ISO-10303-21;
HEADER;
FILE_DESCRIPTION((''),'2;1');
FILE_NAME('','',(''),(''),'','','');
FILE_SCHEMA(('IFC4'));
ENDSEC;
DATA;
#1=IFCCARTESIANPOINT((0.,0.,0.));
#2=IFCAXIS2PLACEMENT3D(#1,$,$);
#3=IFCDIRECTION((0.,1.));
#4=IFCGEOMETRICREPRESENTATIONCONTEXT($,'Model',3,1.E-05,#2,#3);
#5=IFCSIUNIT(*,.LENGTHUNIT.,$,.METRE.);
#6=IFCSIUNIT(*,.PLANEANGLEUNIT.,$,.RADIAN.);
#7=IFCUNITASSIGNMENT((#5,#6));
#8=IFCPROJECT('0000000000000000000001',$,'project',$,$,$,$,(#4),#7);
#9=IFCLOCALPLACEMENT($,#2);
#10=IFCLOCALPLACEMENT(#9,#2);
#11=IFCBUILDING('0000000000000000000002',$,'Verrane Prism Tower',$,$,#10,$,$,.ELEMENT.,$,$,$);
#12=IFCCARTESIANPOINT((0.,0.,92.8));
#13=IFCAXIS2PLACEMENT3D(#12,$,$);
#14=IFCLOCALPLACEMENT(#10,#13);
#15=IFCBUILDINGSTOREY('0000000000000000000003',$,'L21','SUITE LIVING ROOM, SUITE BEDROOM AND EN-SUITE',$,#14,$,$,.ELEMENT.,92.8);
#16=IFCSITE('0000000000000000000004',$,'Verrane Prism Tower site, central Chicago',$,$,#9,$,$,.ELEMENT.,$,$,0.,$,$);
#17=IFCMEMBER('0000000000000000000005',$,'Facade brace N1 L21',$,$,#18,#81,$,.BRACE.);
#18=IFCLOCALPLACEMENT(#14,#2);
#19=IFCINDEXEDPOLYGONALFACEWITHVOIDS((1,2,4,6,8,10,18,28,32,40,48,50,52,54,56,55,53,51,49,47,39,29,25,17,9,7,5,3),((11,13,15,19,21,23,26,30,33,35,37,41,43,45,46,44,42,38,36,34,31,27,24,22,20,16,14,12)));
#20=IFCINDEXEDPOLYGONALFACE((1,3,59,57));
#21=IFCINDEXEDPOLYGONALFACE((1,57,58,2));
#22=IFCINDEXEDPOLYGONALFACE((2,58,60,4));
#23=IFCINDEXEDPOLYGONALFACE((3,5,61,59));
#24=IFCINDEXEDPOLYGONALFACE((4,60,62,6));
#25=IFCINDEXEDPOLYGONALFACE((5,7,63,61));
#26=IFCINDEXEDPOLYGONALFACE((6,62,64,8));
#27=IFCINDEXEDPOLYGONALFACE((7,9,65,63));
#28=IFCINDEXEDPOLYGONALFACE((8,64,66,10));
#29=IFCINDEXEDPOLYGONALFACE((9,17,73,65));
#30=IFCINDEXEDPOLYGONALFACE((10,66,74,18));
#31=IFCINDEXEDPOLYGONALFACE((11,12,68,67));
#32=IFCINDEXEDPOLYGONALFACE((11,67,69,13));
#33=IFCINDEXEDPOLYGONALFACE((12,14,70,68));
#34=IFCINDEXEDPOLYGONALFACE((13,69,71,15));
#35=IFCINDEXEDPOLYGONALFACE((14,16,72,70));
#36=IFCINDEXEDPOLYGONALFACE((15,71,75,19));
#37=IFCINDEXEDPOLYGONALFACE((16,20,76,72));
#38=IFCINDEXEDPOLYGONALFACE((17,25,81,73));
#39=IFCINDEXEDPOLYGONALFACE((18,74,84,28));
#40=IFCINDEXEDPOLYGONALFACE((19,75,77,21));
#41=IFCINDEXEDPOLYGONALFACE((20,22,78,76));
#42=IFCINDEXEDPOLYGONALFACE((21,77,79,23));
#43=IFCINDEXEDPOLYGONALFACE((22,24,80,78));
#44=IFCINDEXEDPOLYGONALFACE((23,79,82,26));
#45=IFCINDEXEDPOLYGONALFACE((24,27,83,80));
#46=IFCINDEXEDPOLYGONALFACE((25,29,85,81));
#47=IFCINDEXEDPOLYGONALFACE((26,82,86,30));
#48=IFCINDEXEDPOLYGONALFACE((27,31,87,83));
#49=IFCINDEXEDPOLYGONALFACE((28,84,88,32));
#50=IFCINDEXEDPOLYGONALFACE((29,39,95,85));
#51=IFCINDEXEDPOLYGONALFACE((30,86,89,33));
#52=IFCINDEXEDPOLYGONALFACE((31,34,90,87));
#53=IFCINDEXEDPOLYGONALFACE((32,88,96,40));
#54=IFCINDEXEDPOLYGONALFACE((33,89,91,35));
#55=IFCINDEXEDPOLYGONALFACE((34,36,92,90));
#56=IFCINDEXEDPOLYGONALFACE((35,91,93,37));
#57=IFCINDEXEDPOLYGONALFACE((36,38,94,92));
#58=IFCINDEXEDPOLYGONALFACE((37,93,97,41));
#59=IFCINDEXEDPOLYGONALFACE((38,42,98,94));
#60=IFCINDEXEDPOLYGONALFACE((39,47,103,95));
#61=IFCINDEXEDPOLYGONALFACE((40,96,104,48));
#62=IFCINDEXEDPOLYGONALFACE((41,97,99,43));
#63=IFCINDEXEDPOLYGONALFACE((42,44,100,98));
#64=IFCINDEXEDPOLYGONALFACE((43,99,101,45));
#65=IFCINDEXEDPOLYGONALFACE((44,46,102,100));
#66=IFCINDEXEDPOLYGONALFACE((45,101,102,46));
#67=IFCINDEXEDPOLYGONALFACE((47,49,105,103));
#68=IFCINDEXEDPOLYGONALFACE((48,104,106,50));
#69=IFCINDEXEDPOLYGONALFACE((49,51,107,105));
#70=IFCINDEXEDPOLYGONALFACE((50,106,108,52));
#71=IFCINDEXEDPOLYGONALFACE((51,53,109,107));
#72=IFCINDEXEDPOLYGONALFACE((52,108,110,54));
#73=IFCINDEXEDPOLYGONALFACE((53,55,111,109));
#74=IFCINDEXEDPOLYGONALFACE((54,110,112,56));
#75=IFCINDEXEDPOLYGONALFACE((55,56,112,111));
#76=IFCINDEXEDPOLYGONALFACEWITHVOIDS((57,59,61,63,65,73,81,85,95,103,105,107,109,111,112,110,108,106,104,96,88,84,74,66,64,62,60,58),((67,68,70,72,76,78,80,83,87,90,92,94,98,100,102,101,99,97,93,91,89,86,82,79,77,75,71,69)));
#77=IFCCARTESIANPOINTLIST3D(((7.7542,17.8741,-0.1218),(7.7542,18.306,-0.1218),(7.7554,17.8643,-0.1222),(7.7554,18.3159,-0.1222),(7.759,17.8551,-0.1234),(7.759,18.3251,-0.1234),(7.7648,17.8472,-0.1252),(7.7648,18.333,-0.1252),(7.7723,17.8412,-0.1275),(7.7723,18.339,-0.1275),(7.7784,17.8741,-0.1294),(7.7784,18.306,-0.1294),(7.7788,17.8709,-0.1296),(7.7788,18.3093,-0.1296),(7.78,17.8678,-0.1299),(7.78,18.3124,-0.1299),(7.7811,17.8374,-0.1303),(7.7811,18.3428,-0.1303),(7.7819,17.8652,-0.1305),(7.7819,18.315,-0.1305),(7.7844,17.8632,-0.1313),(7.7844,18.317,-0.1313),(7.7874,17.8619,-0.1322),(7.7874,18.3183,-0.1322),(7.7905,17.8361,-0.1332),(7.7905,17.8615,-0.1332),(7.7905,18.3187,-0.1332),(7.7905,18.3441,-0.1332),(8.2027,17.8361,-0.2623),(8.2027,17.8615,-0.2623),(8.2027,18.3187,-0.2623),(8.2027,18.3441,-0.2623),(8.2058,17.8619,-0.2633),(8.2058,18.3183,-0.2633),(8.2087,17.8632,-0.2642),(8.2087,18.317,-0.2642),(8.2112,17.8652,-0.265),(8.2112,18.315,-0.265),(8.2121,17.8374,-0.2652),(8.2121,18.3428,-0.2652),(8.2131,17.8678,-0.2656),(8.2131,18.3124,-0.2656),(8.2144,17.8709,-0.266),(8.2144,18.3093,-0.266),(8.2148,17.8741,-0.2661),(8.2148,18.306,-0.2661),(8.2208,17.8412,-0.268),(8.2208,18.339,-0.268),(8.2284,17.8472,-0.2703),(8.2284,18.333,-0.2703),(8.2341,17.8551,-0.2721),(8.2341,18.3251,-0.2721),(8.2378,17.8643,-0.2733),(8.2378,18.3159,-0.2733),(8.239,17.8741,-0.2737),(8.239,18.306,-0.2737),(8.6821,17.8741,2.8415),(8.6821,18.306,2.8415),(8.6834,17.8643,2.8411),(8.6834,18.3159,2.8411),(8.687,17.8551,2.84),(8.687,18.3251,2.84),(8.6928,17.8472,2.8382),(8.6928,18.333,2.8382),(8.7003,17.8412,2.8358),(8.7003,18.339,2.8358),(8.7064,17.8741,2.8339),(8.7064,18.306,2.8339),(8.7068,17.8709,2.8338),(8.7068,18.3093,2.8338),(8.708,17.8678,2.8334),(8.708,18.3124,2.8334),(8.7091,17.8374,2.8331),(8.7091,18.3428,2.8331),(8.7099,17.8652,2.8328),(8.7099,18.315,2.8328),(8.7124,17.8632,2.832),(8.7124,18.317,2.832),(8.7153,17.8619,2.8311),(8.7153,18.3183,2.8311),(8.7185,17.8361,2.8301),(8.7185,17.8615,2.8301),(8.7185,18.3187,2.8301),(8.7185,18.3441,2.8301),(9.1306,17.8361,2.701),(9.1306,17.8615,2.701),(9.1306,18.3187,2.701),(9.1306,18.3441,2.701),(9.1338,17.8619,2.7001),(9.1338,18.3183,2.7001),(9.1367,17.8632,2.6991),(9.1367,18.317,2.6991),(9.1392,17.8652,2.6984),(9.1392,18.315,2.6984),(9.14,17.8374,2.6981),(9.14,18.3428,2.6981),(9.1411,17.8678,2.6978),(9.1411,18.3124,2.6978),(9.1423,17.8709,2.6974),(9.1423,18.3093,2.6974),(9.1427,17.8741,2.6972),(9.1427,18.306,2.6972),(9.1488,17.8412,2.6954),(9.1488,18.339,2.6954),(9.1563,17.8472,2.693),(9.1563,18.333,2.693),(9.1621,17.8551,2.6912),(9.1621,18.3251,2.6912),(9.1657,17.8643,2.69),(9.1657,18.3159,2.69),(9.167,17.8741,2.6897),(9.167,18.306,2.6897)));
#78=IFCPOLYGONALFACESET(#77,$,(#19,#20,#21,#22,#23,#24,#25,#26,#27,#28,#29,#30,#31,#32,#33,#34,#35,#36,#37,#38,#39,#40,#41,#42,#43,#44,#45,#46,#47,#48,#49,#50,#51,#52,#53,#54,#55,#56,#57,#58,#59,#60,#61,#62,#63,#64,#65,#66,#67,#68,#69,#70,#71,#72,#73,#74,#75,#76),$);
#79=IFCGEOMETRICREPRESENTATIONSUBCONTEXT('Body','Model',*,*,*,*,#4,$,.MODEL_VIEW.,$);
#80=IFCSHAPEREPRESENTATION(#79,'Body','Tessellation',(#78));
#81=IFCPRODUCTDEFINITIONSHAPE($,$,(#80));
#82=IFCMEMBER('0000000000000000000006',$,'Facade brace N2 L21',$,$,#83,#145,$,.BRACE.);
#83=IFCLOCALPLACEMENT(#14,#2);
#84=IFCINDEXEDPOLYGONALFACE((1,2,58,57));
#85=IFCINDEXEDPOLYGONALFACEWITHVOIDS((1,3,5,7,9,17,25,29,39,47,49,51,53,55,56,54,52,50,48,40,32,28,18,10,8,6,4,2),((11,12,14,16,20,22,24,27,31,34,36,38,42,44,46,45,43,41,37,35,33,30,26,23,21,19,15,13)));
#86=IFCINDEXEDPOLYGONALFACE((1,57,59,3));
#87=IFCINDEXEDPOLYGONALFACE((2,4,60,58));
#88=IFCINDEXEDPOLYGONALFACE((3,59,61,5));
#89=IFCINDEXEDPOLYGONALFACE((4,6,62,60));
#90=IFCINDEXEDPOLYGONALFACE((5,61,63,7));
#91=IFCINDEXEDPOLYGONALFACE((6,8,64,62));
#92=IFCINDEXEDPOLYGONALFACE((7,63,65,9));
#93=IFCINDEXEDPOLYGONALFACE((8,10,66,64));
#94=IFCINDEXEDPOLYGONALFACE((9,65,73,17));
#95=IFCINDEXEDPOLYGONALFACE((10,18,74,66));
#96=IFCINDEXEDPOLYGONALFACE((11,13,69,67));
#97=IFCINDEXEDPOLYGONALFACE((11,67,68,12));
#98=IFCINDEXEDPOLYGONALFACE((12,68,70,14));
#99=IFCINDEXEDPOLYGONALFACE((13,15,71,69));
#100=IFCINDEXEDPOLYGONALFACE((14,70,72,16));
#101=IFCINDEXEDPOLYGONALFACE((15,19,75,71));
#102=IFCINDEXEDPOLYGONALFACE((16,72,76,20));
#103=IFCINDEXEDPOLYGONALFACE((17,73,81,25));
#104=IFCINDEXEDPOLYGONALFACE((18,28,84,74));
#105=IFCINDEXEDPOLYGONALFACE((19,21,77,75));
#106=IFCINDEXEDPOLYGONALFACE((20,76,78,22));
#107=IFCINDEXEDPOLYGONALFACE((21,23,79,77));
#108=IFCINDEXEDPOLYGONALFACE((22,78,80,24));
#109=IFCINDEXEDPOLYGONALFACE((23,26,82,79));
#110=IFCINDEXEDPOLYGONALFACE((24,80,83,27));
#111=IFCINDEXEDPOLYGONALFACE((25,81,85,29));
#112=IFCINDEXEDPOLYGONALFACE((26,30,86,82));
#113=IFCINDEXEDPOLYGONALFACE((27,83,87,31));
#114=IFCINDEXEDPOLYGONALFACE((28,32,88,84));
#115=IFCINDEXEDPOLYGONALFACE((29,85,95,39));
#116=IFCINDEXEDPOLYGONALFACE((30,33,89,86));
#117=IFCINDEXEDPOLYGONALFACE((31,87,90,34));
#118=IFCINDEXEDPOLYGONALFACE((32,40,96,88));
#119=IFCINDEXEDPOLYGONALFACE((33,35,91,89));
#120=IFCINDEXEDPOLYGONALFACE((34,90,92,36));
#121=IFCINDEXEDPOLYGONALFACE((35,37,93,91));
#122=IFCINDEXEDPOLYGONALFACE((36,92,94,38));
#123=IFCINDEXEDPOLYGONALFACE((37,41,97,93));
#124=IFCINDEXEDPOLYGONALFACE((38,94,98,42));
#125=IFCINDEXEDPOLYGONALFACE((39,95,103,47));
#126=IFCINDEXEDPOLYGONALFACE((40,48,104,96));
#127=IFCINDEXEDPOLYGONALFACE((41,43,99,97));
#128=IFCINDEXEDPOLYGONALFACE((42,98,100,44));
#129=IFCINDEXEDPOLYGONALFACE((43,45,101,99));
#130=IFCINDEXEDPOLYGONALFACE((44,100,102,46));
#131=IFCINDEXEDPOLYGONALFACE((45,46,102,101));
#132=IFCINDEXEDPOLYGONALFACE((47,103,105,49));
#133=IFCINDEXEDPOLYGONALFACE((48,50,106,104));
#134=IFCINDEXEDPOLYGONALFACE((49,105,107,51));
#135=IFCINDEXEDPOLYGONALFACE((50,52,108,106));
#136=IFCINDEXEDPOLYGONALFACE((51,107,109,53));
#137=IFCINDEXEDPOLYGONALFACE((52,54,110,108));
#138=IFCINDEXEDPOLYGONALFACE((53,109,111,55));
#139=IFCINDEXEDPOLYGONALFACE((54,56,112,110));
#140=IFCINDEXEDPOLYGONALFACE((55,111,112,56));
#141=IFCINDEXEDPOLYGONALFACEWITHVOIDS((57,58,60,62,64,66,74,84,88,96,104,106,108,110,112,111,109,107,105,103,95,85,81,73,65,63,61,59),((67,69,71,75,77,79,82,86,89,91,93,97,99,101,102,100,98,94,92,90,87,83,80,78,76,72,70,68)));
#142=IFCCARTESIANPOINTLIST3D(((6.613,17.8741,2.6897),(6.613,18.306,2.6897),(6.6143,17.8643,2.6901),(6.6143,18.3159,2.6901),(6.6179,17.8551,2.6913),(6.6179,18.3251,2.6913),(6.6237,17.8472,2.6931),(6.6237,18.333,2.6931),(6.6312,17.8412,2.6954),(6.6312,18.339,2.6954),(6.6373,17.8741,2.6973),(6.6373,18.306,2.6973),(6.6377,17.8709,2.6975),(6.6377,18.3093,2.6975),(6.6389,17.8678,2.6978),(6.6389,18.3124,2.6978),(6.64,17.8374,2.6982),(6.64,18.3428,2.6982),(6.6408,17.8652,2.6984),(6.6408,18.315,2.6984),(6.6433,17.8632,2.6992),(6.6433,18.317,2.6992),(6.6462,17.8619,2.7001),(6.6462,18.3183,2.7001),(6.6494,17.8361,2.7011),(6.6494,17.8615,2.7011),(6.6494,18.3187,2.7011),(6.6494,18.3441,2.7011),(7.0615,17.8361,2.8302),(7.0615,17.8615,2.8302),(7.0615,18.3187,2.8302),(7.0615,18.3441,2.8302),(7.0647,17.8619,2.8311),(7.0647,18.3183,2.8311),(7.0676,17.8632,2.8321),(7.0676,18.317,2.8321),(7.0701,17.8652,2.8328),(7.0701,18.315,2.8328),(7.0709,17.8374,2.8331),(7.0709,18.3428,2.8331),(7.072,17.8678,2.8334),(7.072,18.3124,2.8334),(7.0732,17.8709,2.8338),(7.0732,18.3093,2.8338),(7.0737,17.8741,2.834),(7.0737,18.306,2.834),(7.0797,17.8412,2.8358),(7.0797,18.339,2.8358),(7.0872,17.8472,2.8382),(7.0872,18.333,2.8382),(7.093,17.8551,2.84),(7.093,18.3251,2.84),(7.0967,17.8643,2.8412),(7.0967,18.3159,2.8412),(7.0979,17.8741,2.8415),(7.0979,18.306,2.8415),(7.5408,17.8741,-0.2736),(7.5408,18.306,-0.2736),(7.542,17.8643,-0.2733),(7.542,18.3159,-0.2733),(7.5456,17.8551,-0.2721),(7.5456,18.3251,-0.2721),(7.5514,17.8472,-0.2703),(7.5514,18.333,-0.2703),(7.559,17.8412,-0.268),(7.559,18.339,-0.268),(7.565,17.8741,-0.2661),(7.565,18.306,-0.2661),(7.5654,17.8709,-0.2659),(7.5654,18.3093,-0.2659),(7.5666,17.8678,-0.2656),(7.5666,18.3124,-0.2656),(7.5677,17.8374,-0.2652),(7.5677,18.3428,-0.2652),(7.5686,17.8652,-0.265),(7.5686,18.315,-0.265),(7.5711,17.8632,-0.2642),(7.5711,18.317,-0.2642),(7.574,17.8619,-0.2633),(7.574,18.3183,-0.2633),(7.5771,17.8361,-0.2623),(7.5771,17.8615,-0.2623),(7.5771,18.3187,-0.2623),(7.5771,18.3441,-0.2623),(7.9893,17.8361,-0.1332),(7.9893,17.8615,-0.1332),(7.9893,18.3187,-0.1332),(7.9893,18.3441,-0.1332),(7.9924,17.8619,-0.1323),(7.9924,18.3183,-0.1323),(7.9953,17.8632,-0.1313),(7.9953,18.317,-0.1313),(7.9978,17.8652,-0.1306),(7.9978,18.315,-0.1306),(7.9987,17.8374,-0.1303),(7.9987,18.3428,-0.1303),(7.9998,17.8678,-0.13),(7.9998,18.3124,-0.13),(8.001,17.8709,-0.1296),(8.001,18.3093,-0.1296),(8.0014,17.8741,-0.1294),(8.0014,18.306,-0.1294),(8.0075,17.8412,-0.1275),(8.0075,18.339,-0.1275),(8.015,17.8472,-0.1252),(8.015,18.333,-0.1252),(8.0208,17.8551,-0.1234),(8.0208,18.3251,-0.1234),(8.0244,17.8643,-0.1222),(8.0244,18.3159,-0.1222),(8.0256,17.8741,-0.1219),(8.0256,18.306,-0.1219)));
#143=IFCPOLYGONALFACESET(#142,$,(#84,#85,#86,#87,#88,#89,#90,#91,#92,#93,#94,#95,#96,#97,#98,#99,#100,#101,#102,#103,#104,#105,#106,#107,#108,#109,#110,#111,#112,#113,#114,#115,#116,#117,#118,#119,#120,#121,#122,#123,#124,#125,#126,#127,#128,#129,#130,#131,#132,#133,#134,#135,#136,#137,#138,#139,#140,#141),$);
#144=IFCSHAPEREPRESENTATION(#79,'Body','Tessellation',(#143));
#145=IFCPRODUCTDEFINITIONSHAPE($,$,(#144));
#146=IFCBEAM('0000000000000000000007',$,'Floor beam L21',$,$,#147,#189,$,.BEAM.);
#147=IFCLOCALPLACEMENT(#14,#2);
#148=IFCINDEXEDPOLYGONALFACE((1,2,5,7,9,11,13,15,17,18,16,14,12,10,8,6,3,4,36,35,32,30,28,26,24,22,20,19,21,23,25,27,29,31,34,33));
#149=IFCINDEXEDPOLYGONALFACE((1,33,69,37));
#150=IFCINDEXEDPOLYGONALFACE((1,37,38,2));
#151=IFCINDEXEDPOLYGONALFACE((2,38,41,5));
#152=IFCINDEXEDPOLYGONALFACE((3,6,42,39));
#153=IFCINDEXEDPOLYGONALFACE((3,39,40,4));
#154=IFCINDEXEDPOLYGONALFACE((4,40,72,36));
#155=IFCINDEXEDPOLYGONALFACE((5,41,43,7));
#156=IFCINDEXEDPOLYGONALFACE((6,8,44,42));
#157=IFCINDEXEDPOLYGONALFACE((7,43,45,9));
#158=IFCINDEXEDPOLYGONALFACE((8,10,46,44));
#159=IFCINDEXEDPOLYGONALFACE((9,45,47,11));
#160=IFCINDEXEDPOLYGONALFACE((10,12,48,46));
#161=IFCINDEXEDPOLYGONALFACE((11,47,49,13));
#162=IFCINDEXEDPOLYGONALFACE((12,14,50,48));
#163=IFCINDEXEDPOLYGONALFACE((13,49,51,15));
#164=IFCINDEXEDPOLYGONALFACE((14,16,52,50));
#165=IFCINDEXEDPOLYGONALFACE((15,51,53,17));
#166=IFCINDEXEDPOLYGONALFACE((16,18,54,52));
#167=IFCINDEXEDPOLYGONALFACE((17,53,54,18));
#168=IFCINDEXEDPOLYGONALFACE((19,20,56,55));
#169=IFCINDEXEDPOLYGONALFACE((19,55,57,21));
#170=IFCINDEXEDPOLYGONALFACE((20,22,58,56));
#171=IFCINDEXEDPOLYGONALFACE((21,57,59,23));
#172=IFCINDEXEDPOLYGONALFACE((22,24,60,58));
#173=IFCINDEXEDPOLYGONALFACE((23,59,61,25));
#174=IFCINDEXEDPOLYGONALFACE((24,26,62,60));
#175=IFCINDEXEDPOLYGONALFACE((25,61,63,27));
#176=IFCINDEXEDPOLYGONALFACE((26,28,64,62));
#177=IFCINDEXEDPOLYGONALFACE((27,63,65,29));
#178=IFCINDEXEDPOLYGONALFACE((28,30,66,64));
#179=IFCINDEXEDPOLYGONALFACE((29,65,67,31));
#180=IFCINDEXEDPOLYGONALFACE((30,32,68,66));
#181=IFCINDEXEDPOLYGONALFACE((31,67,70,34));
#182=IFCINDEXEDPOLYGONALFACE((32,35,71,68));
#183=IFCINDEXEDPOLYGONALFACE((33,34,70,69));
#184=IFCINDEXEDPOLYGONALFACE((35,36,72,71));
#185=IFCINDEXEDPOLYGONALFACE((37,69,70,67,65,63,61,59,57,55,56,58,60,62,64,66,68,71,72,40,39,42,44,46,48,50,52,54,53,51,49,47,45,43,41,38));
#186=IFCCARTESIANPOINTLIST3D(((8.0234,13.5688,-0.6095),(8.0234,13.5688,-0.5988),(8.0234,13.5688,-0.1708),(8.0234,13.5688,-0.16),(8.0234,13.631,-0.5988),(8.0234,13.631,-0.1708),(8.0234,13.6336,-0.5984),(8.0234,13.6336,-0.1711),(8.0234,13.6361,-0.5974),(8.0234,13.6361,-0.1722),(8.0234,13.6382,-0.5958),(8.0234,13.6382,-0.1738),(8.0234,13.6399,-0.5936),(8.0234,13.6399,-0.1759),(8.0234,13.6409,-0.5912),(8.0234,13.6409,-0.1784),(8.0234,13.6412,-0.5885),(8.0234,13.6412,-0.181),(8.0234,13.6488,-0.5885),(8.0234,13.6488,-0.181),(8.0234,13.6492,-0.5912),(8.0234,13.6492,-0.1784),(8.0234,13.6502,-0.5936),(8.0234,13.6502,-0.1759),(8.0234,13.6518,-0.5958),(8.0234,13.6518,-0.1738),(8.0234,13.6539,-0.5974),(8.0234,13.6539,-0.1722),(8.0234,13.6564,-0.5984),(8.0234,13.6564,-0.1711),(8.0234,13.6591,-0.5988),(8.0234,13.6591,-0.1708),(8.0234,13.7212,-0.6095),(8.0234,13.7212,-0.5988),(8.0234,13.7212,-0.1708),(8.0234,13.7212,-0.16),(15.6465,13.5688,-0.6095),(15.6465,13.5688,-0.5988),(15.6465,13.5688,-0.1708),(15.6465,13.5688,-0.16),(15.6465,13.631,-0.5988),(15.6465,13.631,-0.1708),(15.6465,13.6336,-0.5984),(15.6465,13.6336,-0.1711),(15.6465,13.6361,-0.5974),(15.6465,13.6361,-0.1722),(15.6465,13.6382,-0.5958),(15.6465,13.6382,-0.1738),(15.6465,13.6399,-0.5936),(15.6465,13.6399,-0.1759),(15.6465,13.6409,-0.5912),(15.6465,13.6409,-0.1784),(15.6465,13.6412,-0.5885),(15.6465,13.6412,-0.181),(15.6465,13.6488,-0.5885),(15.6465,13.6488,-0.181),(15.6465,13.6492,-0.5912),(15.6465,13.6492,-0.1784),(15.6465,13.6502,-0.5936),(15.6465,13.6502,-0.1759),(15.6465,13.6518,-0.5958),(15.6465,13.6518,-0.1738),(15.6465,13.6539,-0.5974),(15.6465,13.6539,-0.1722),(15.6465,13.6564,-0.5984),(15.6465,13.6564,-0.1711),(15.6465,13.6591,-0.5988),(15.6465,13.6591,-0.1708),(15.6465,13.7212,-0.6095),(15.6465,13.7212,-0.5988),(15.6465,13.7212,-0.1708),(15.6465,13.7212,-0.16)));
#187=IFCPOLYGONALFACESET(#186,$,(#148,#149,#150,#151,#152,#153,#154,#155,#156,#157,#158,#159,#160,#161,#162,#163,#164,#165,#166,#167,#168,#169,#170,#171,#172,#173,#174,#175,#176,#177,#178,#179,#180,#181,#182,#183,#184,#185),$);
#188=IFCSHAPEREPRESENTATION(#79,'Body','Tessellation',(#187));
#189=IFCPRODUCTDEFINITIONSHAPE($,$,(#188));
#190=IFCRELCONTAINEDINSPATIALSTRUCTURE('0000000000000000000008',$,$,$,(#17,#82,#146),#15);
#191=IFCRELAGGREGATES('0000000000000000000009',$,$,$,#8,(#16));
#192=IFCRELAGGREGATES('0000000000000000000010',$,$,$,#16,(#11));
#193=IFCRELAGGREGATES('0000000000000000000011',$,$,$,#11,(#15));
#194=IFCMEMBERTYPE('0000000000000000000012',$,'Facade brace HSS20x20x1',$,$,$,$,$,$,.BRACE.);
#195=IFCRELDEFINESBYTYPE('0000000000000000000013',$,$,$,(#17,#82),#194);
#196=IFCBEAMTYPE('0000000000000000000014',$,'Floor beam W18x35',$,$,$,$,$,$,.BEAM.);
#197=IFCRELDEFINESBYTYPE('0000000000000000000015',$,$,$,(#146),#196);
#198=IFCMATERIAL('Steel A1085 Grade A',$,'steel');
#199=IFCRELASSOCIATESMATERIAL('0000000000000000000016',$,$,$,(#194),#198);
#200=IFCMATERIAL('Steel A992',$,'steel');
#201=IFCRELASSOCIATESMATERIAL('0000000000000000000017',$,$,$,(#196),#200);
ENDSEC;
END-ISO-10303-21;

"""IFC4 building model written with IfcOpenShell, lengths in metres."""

from ifc_helpers import new_model, si_unit, direction, frame, origin, origin_2d, place, context, subcontext, project, spatial, hollow_rectangle, i_section, extrude, material, material_profile, profile_set, type_object, element, save


model = new_model("IFC4")

# Units and contexts
model_context = context("Model", 3, precision=1e-05, world=origin(), true_north=direction((0.0, 1.0)))
body_context = subcontext(model_context, "Body", "Model", "MODEL_VIEW")
ifc_project = project(units=[si_unit("LENGTHUNIT", "METRE"), si_unit("PLANEANGLEUNIT", "RADIAN")], contexts=[model_context])

# Site, building, storey
site_placement = place(None, origin())
site = spatial("IfcSite", under=ifc_project, at=site_placement, Name="Verrane Prism Tower site, central Chicago", CompositionType="ELEMENT", RefElevation=0.0)
building_placement = place(site_placement, origin())
building = spatial("IfcBuilding", under=site, at=building_placement, Name="Verrane Prism Tower", CompositionType="ELEMENT")
storey_placement = place(building_placement, frame((0.0, 0.0, 92.8)))
storey = spatial("IfcBuildingStorey", under=building, at=storey_placement, Name="L21", Description="SUITE LIVING ROOM, SUITE BEDROOM AND EN-SUITE", CompositionType="ELEMENT", Elevation=92.8)

# Members
ifc_material_1 = material(Name="Steel A1085 Grade A", Category="steel")
ifc_material_profile_1 = material_profile(ifc_material_1, hollow_rectangle(XDim=0.5081, YDim=0.5081, WallThickness=0.0254, InnerFilletRadius=0.0127, OuterFilletRadius=0.0381, at=origin_2d()), Name="HSS20x20x1")
ifc_profile_set_1 = profile_set([ifc_material_profile_1], Name="Steel A1085 Grade A")
member_type_1 = type_object("IfcMemberType", Name="Facade brace HSS20x20x1", PredefinedType="BRACE", material=ifc_profile_set_1)
for number, where, z_axis, x_axis, name in (
    (1, (7.9966, 18.0901, -0.1978), (0.298839, 0.0, 0.954304), (0.0, 1.0, 0.0), "Facade brace N1 L21"),
    (2, (7.7832, 18.0901, -0.1978), (-0.298767, 0.0, 0.954326), (0.0, -1.0, 0.0), "Facade brace N2 L21"),
):
    element("IfcMember", number, at=place(storey_placement, frame(where, z_axis=z_axis, x_axis=x_axis)), inside=storey, type_object=member_type_1, Name=name, PredefinedType="BRACE", context=body_context, shape_type="SweptSolid", body=[
        extrude(hollow_rectangle(XDim=0.5081, YDim=0.5081, WallThickness=0.0254, InnerFilletRadius=0.0127, OuterFilletRadius=0.0381, at=origin_2d()), origin(), (0.0, 0.0, 1.0), 3.1052),
    ])

# Beam
ifc_material_2 = material(Name="Steel A992", Category="steel")
ifc_material_profile_2 = material_profile(ifc_material_2, i_section(OverallWidth=0.1523, OverallDepth=0.4495, WebThickness=0.0076, FlangeThickness=0.0107, FilletRadius=0.0103, at=origin_2d()), Name="W18x35")
ifc_profile_set_2 = profile_set([ifc_material_profile_2], Name="Steel A992")
beam_type_1 = type_object("IfcBeamType", Name="Floor beam W18x35", PredefinedType="BEAM", material=ifc_profile_set_2)
for number, where, z_axis, x_axis, name in (
    (3, (8.0234, 13.645, -0.3848), (1.0, 0.0, 0.0), (0.0, 1.0, 0.0), "Floor beam L21"),
):
    element("IfcBeam", number, at=place(storey_placement, frame(where, z_axis=z_axis, x_axis=x_axis)), inside=storey, type_object=beam_type_1, Name=name, PredefinedType="BEAM", context=body_context, shape_type="SweptSolid", body=[
        extrude(i_section(OverallWidth=0.1523, OverallDepth=0.4495, WebThickness=0.0076, FlangeThickness=0.0107, FilletRadius=0.0103, at=origin_2d()), origin(), (0.0, 0.0, 1.0), 7.623),
    ])

save(model, "model.ifc")
